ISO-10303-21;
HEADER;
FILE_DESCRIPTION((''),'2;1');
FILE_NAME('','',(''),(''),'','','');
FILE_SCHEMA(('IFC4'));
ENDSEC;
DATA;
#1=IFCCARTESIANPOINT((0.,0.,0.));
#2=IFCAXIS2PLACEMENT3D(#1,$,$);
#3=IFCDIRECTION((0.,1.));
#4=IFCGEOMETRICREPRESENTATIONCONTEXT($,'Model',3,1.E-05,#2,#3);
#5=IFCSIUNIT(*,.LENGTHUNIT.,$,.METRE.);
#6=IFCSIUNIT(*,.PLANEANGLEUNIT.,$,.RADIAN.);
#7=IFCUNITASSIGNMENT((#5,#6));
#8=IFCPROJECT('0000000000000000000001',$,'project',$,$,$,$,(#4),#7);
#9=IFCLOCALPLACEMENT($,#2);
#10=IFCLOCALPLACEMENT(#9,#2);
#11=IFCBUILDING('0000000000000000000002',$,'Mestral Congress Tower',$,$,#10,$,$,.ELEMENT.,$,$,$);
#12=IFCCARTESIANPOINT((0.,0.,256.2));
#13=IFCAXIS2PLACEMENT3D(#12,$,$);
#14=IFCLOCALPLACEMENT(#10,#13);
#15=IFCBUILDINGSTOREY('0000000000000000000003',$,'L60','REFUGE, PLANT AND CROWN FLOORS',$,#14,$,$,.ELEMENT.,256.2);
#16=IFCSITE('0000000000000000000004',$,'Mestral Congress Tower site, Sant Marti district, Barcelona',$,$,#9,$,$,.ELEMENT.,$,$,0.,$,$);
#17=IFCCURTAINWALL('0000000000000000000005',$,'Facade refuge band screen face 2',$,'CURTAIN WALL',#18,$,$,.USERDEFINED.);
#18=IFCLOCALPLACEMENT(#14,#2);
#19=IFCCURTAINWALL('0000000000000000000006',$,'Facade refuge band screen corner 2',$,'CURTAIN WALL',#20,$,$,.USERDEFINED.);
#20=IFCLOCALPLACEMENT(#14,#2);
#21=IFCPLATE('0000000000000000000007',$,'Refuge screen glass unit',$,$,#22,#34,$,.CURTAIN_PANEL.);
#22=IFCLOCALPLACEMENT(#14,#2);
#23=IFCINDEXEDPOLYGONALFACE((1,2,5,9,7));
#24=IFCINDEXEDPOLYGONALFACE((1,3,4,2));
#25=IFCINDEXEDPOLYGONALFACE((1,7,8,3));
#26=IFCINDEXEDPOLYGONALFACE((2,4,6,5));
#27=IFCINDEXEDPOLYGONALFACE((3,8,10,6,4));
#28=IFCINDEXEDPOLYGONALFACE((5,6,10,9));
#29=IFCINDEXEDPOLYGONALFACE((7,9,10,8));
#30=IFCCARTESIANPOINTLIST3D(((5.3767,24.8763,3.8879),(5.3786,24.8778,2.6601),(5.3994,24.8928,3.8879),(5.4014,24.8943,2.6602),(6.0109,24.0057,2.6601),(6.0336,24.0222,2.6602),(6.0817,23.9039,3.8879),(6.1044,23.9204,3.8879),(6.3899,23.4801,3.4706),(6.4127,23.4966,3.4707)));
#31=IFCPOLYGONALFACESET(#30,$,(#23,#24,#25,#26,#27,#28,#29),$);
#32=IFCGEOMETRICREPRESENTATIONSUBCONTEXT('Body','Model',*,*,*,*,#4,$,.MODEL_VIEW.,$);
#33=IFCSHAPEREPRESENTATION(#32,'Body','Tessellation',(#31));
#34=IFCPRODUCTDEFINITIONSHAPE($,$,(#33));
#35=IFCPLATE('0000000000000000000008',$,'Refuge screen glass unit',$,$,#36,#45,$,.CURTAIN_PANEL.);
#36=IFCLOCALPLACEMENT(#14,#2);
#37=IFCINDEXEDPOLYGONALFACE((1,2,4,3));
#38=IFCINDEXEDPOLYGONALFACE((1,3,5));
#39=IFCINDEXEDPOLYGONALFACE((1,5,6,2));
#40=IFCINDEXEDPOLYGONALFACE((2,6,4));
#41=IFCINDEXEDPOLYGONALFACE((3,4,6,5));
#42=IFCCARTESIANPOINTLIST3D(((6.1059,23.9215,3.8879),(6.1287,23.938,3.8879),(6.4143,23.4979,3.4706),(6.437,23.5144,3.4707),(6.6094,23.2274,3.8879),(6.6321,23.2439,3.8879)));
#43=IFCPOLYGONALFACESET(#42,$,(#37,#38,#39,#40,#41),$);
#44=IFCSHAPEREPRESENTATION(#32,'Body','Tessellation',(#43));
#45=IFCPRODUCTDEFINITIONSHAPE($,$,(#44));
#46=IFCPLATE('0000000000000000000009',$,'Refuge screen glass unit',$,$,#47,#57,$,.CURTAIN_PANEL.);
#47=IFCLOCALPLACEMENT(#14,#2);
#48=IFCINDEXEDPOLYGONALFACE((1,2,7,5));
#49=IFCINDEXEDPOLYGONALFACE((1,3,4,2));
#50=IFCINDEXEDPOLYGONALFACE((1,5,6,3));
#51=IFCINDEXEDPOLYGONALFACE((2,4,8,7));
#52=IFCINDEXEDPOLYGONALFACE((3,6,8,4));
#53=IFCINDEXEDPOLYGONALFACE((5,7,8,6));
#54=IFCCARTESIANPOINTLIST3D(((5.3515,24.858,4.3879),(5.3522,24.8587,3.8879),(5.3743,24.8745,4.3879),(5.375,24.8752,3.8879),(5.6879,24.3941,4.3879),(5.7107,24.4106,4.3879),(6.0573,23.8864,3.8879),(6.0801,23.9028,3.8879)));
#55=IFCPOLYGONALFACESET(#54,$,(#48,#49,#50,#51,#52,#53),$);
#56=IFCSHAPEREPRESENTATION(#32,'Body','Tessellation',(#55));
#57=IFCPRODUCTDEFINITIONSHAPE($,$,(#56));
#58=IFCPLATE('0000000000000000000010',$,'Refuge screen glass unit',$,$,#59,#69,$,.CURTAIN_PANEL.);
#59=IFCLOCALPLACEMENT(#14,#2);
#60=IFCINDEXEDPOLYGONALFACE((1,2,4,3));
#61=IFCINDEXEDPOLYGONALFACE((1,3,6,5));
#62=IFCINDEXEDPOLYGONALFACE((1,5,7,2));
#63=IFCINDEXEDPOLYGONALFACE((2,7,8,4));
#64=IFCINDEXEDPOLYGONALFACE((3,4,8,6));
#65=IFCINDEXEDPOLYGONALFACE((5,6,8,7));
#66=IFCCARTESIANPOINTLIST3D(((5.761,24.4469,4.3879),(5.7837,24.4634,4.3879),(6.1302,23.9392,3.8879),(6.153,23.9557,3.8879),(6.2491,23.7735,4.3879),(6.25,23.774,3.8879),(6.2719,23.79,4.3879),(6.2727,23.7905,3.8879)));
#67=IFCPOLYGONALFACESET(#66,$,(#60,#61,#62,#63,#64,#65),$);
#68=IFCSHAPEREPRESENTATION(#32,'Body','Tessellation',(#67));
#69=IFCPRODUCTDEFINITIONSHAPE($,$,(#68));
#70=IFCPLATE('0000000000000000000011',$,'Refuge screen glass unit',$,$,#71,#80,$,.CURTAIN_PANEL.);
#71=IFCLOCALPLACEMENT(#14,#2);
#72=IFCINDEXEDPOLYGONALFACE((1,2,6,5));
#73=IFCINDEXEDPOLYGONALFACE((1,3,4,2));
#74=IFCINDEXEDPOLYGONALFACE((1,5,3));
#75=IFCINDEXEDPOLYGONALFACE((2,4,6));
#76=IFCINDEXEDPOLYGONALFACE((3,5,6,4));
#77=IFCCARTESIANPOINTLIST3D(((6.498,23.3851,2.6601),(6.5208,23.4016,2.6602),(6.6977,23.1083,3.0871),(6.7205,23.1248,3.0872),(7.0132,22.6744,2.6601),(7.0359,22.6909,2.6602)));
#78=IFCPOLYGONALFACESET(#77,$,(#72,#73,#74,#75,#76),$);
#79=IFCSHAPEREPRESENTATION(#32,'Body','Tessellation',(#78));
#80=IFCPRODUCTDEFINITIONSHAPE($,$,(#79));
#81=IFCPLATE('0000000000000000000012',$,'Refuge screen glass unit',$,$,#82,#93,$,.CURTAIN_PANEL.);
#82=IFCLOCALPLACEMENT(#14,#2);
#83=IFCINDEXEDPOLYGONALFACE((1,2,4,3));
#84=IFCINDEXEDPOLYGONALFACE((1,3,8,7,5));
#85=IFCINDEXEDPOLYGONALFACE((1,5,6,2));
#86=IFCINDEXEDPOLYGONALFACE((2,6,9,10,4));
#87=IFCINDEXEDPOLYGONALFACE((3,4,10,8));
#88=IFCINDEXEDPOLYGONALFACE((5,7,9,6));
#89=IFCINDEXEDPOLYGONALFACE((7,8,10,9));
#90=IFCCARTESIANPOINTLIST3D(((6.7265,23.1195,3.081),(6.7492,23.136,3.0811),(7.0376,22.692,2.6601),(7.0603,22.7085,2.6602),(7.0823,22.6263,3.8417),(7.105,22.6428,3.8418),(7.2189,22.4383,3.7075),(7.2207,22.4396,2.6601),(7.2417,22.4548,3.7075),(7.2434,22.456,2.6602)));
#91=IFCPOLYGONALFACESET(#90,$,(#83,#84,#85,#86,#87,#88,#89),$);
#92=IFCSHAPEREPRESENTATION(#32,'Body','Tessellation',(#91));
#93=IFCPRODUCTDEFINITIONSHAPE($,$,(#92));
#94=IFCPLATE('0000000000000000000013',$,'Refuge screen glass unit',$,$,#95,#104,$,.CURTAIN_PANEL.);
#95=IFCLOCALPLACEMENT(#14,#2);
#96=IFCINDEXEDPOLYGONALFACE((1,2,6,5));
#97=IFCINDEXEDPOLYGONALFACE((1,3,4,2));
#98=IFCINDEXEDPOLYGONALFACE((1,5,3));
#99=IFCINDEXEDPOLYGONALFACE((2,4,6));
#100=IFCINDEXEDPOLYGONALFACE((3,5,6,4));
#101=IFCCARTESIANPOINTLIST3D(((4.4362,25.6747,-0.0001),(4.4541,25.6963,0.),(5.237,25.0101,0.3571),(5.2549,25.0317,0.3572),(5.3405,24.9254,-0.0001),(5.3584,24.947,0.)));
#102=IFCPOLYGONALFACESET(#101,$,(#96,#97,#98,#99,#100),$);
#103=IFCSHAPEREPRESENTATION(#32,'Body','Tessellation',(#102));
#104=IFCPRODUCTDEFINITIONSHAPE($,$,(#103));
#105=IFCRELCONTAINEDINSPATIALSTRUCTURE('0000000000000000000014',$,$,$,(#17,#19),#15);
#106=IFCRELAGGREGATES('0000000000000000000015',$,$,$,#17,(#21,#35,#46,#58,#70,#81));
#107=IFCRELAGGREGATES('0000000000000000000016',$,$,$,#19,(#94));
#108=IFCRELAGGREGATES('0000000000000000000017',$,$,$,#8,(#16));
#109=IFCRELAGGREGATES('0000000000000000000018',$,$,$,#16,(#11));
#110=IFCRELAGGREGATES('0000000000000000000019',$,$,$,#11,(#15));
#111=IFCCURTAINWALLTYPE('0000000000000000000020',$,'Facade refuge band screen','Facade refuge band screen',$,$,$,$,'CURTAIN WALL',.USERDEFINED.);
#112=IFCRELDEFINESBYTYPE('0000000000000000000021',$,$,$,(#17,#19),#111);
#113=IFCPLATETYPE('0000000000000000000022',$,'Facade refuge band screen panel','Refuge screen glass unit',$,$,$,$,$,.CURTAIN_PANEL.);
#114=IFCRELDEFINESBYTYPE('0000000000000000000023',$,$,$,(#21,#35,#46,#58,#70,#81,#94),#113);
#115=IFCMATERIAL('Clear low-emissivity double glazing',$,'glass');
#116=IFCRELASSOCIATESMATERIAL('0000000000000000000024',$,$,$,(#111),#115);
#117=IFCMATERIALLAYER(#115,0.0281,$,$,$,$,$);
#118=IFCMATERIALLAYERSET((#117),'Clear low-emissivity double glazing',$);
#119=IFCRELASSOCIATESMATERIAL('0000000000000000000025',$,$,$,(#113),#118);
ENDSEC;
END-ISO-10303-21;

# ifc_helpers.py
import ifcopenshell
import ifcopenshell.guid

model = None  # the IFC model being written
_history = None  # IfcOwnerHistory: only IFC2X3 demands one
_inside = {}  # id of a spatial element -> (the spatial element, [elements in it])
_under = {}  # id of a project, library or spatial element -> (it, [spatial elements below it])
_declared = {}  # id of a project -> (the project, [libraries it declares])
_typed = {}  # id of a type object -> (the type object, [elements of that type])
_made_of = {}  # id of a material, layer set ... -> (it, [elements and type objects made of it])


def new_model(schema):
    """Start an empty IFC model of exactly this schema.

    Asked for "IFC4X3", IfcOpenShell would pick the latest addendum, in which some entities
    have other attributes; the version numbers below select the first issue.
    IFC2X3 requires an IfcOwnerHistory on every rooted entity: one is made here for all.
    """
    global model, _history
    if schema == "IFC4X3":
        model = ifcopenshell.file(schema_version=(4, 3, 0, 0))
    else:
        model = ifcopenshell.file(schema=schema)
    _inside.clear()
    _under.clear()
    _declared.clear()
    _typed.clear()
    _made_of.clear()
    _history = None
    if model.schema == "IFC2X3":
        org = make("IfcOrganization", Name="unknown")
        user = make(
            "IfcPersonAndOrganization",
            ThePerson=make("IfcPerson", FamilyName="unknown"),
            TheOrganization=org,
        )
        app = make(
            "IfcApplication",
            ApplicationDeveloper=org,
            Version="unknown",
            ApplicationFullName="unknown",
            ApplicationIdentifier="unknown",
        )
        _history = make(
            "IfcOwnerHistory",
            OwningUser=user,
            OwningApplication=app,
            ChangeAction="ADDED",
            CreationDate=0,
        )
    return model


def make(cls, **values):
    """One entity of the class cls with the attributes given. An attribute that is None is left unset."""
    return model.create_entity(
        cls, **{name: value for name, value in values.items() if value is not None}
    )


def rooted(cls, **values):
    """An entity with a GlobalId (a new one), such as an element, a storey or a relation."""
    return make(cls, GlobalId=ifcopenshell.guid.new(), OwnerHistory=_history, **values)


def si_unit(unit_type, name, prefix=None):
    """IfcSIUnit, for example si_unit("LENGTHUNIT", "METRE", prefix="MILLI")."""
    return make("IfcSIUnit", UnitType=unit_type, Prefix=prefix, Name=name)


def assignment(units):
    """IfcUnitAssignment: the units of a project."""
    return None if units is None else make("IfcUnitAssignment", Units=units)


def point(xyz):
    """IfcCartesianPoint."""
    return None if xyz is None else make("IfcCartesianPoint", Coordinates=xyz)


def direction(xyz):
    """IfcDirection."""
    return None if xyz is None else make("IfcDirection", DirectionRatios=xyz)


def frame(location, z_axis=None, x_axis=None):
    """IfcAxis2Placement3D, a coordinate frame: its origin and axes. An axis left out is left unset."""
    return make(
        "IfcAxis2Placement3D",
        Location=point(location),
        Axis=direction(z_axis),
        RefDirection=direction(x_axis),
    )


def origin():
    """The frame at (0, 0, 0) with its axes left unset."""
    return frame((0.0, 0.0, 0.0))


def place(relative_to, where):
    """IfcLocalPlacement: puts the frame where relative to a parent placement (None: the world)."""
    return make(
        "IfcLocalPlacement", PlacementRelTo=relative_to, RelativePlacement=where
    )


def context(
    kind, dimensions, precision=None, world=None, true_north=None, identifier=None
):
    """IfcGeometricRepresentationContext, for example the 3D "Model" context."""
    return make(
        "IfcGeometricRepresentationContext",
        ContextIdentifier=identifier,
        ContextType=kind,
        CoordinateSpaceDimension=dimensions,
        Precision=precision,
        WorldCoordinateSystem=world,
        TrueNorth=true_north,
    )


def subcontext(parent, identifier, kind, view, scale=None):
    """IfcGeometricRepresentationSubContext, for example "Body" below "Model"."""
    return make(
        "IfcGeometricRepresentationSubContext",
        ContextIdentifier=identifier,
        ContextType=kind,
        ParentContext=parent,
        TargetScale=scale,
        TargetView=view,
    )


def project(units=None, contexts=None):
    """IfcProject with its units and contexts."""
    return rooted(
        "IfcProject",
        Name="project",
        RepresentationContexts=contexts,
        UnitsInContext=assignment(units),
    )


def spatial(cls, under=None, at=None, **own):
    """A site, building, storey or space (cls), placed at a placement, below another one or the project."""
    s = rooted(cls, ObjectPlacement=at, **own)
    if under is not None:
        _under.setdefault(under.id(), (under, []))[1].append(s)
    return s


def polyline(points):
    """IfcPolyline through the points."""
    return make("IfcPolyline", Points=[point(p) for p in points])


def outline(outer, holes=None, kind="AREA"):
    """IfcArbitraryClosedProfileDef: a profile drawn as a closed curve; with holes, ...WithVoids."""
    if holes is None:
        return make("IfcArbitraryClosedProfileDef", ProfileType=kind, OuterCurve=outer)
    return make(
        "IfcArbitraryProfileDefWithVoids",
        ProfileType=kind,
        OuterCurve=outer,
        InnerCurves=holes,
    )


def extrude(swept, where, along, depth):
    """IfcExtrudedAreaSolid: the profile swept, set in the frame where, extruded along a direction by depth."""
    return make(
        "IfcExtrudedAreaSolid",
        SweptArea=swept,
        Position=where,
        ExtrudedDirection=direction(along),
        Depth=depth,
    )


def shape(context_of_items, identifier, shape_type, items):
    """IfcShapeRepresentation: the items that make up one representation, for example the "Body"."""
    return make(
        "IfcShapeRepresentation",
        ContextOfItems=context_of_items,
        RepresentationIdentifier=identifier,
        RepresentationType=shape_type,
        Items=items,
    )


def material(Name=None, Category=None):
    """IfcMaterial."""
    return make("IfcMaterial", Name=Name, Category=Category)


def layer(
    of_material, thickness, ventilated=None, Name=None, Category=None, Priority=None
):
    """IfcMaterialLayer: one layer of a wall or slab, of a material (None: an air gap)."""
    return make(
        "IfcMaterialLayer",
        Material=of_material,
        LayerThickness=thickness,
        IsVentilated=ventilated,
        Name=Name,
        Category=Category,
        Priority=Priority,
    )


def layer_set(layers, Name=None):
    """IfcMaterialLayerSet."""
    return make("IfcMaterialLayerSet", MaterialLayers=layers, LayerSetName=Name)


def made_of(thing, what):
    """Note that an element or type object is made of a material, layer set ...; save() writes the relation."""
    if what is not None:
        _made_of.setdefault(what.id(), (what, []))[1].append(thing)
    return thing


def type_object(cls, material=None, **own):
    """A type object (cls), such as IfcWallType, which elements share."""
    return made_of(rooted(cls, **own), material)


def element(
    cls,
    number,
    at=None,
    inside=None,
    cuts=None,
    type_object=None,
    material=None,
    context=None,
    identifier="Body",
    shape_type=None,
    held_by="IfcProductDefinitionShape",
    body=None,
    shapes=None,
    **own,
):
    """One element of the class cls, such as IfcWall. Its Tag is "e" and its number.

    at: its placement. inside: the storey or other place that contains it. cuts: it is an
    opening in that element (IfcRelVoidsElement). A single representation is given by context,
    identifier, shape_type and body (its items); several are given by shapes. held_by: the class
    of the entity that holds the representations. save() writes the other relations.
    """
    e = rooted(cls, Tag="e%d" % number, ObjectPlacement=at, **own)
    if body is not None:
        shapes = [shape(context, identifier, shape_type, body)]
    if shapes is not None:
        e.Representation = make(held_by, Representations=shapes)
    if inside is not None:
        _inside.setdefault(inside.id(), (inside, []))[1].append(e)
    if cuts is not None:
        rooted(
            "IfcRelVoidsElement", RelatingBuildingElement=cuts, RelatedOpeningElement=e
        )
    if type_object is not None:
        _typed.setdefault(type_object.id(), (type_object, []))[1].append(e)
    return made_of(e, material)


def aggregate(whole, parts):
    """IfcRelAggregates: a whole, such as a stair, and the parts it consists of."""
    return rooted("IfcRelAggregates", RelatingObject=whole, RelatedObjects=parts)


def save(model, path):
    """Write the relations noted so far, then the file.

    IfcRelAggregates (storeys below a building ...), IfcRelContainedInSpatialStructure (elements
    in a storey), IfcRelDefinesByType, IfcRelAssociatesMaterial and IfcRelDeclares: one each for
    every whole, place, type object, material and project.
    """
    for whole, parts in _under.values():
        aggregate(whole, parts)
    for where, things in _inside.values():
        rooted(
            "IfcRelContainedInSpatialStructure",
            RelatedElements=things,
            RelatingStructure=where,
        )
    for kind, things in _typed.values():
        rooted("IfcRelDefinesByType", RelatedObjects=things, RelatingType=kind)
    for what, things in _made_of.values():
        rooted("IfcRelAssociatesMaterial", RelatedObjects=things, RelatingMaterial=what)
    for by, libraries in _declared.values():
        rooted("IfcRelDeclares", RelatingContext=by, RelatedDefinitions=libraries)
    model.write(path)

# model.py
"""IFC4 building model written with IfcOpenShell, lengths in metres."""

from ifc_helpers import new_model, si_unit, direction, frame, origin, place, context, subcontext, project, spatial, polyline, outline, extrude, material, layer, layer_set, type_object, element, aggregate, save


model = new_model("IFC4")

# Units and contexts
model_context = context("Model", 3, precision=1e-05, world=origin(), true_north=direction((0.0, 1.0)))
body_context = subcontext(model_context, "Body", "Model", "MODEL_VIEW")
ifc_project = project(units=[si_unit("LENGTHUNIT", "METRE"), si_unit("PLANEANGLEUNIT", "RADIAN")], contexts=[model_context])

# Site, building, storey
site_placement = place(None, origin())
site = spatial("IfcSite", under=ifc_project, at=site_placement, Name="Mestral Congress Tower site, Sant Marti district, Barcelona", CompositionType="ELEMENT", RefElevation=0.0)
building_placement = place(site_placement, origin())
building = spatial("IfcBuilding", under=site, at=building_placement, Name="Mestral Congress Tower", CompositionType="ELEMENT")
storey_placement = place(building_placement, frame((0.0, 0.0, 256.2)))
storey = spatial("IfcBuildingStorey", under=building, at=storey_placement, Name="L60", Description="REFUGE, PLANT AND CROWN FLOORS", CompositionType="ELEMENT", Elevation=256.2)

# Curtain walls
ifc_material_1 = material(Name="Clear low-emissivity double glazing", Category="glass")
curtain_wall_type = type_object("IfcCurtainWallType", Name="Facade refuge band screen", Description="Facade refuge band screen", ElementType="CURTAIN WALL", PredefinedType="USERDEFINED", material=ifc_material_1)
placement = place(storey_placement, origin())
curtain_wall_1 = element("IfcCurtainWall", 1, at=placement, inside=storey, type_object=curtain_wall_type, Name="Facade refuge band screen face 2", ObjectType="CURTAIN WALL", PredefinedType="USERDEFINED")
curtain_wall_2 = element("IfcCurtainWall", 2, at=placement, inside=storey, type_object=curtain_wall_type, Name="Facade refuge band screen corner 2", ObjectType="CURTAIN WALL", PredefinedType="USERDEFINED")

# Plates
ifc_layer_1 = layer(ifc_material_1, 0.0281)
ifc_layer_set_1 = layer_set([ifc_layer_1], Name="Clear low-emissivity double glazing")
plate_type_1 = type_object("IfcPlateType", Name="Facade refuge band screen panel", Description="Refuge screen glass unit", PredefinedType="CURTAIN_PANEL", material=ifc_layer_set_1)
plate_1_placement = place(storey_placement, frame((5.4014, 24.8943, 2.6602), z_axis=(0.809616, 0.586957, 0.001982), x_axis=(0.586958, -0.809617, 0.0)))
plate_1 = element("IfcPlate", 3, at=plate_1_placement, type_object=plate_type_1, Name="Refuge screen glass unit", PredefinedType="CURTAIN_PANEL", context=body_context, shape_type="SweptSolid", body=[
    extrude(outline(polyline([(0.0, 0.0), (1.0772, 0.0), (1.7252, -0.8105), (1.2012, -1.2278), (0.0, -1.2278), (0.0, 0.0)])), origin(), (0.0, 0.0, -1.0), 0.0281),
])
plate_2_placement = place(storey_placement, frame((6.1287, 23.938, 3.8879), z_axis=(0.809497, 0.58712, 0.002189), x_axis=(0.460383, -0.632434, -0.622957)))
plate_2 = element("IfcPlate", 4, at=plate_2_placement, type_object=plate_type_1, Name="Refuge screen glass unit", PredefinedType="CURTAIN_PANEL", context=body_context, shape_type="SweptSolid", body=[
    extrude(outline(polyline([(0.0, 0.0), (0.6698, 0.0), (0.6707, -0.5341), (0.0, 0.0)])), origin(), (0.0, 0.0, -1.0), 0.0281),
])
plate_3_placement = place(storey_placement, frame((5.3743, 24.8745, 4.3879), z_axis=(0.809555, 0.587041, 0.001953), x_axis=(0.00139, 0.001411, -0.999998)))
plate_3 = element("IfcPlate", 5, at=plate_3_placement, type_object=plate_type_1, Name="Refuge screen glass unit", PredefinedType="CURTAIN_PANEL", context=body_context, shape_type="SweptSolid", body=[
    extrude(outline(polyline([(0.0, 0.0), (0.5, 0.0), (0.4996, -1.2011), (-0.0002, -0.573), (0.0, 0.0)])), origin(), (0.0, 0.0, -1.0), 0.0281),
])
plate_4_placement = place(storey_placement, frame((5.7837, 24.4634, 4.3879), z_axis=(0.809651, 0.586908, 0.002056), x_axis=(0.46012, -0.632561, -0.623022)))
plate_4 = element("IfcPlate", 6, at=plate_4_placement, type_object=plate_type_1, Name="Refuge screen glass unit", PredefinedType="CURTAIN_PANEL", context=body_context, shape_type="SweptSolid", body=[
    extrude(outline(polyline([(0.0, 0.0), (0.8025, 0.0), (0.9621, -0.1271), (0.6506, -0.5182), (0.0, 0.0)])), origin(), (0.0, 0.0, -1.0), 0.0281),
])
plate_5_placement = place(storey_placement, frame((7.0359, 22.6909, 2.6602), z_axis=(0.809672, 0.58688, 0.001836), x_axis=(-0.460081, 0.632789, 0.622819)))
plate_5 = element("IfcPlate", 7, at=plate_5_placement, type_object=plate_type_1, Name="Refuge screen glass unit", PredefinedType="CURTAIN_PANEL", context=body_context, shape_type="SweptSolid", body=[
    extrude(outline(polyline([(0.0, 0.0), (0.6856, 0.0), (0.6867, -0.5467), (0.0, 0.0)])), origin(), (0.0, 0.0, -1.0), 0.0281),
])
plate_6_placement = place(storey_placement, frame((7.105, 22.6428, 3.8418), z_axis=(0.809508, 0.587106, 0.002018), x_axis=(-0.365291, 0.506352, -0.781134)))
plate_6 = element("IfcPlate", 8, at=plate_6_placement, type_object=plate_type_1, Name="Refuge screen glass unit", PredefinedType="CURTAIN_PANEL", context=body_context, shape_type="SweptSolid", body=[
    extrude(outline(polyline([(0.0, 0.0), (0.9739, 0.0), (0.9726, -0.6758), (0.7779, -0.9194), (-0.0402, -0.2654), (0.0, 0.0)])), origin(), (0.0, 0.0, -1.0), 0.0281),
])
plate_7_placement = place(storey_placement, frame((5.3584, 24.947, 0.0), z_axis=(0.638013, 0.770022, 0.002269), x_axis=(-0.271407, 0.222119, 0.936483)))
plate_7 = element("IfcPlate", 9, at=plate_7_placement, type_object=plate_type_1, Name="Refuge screen glass unit", PredefinedType="CURTAIN_PANEL", context=body_context, shape_type="SweptSolid", body=[
    extrude(outline(polyline([(0.0, 0.0), (0.3814, 0.0), (0.4119, -1.0998), (0.0, 0.0)])), origin(), (0.0, 0.0, -1.0), 0.0281),
])

aggregate(curtain_wall_1, [plate_1, plate_2, plate_3, plate_4, plate_5, plate_6])
aggregate(curtain_wall_2, [plate_7])

save(model, "model.ifc")
